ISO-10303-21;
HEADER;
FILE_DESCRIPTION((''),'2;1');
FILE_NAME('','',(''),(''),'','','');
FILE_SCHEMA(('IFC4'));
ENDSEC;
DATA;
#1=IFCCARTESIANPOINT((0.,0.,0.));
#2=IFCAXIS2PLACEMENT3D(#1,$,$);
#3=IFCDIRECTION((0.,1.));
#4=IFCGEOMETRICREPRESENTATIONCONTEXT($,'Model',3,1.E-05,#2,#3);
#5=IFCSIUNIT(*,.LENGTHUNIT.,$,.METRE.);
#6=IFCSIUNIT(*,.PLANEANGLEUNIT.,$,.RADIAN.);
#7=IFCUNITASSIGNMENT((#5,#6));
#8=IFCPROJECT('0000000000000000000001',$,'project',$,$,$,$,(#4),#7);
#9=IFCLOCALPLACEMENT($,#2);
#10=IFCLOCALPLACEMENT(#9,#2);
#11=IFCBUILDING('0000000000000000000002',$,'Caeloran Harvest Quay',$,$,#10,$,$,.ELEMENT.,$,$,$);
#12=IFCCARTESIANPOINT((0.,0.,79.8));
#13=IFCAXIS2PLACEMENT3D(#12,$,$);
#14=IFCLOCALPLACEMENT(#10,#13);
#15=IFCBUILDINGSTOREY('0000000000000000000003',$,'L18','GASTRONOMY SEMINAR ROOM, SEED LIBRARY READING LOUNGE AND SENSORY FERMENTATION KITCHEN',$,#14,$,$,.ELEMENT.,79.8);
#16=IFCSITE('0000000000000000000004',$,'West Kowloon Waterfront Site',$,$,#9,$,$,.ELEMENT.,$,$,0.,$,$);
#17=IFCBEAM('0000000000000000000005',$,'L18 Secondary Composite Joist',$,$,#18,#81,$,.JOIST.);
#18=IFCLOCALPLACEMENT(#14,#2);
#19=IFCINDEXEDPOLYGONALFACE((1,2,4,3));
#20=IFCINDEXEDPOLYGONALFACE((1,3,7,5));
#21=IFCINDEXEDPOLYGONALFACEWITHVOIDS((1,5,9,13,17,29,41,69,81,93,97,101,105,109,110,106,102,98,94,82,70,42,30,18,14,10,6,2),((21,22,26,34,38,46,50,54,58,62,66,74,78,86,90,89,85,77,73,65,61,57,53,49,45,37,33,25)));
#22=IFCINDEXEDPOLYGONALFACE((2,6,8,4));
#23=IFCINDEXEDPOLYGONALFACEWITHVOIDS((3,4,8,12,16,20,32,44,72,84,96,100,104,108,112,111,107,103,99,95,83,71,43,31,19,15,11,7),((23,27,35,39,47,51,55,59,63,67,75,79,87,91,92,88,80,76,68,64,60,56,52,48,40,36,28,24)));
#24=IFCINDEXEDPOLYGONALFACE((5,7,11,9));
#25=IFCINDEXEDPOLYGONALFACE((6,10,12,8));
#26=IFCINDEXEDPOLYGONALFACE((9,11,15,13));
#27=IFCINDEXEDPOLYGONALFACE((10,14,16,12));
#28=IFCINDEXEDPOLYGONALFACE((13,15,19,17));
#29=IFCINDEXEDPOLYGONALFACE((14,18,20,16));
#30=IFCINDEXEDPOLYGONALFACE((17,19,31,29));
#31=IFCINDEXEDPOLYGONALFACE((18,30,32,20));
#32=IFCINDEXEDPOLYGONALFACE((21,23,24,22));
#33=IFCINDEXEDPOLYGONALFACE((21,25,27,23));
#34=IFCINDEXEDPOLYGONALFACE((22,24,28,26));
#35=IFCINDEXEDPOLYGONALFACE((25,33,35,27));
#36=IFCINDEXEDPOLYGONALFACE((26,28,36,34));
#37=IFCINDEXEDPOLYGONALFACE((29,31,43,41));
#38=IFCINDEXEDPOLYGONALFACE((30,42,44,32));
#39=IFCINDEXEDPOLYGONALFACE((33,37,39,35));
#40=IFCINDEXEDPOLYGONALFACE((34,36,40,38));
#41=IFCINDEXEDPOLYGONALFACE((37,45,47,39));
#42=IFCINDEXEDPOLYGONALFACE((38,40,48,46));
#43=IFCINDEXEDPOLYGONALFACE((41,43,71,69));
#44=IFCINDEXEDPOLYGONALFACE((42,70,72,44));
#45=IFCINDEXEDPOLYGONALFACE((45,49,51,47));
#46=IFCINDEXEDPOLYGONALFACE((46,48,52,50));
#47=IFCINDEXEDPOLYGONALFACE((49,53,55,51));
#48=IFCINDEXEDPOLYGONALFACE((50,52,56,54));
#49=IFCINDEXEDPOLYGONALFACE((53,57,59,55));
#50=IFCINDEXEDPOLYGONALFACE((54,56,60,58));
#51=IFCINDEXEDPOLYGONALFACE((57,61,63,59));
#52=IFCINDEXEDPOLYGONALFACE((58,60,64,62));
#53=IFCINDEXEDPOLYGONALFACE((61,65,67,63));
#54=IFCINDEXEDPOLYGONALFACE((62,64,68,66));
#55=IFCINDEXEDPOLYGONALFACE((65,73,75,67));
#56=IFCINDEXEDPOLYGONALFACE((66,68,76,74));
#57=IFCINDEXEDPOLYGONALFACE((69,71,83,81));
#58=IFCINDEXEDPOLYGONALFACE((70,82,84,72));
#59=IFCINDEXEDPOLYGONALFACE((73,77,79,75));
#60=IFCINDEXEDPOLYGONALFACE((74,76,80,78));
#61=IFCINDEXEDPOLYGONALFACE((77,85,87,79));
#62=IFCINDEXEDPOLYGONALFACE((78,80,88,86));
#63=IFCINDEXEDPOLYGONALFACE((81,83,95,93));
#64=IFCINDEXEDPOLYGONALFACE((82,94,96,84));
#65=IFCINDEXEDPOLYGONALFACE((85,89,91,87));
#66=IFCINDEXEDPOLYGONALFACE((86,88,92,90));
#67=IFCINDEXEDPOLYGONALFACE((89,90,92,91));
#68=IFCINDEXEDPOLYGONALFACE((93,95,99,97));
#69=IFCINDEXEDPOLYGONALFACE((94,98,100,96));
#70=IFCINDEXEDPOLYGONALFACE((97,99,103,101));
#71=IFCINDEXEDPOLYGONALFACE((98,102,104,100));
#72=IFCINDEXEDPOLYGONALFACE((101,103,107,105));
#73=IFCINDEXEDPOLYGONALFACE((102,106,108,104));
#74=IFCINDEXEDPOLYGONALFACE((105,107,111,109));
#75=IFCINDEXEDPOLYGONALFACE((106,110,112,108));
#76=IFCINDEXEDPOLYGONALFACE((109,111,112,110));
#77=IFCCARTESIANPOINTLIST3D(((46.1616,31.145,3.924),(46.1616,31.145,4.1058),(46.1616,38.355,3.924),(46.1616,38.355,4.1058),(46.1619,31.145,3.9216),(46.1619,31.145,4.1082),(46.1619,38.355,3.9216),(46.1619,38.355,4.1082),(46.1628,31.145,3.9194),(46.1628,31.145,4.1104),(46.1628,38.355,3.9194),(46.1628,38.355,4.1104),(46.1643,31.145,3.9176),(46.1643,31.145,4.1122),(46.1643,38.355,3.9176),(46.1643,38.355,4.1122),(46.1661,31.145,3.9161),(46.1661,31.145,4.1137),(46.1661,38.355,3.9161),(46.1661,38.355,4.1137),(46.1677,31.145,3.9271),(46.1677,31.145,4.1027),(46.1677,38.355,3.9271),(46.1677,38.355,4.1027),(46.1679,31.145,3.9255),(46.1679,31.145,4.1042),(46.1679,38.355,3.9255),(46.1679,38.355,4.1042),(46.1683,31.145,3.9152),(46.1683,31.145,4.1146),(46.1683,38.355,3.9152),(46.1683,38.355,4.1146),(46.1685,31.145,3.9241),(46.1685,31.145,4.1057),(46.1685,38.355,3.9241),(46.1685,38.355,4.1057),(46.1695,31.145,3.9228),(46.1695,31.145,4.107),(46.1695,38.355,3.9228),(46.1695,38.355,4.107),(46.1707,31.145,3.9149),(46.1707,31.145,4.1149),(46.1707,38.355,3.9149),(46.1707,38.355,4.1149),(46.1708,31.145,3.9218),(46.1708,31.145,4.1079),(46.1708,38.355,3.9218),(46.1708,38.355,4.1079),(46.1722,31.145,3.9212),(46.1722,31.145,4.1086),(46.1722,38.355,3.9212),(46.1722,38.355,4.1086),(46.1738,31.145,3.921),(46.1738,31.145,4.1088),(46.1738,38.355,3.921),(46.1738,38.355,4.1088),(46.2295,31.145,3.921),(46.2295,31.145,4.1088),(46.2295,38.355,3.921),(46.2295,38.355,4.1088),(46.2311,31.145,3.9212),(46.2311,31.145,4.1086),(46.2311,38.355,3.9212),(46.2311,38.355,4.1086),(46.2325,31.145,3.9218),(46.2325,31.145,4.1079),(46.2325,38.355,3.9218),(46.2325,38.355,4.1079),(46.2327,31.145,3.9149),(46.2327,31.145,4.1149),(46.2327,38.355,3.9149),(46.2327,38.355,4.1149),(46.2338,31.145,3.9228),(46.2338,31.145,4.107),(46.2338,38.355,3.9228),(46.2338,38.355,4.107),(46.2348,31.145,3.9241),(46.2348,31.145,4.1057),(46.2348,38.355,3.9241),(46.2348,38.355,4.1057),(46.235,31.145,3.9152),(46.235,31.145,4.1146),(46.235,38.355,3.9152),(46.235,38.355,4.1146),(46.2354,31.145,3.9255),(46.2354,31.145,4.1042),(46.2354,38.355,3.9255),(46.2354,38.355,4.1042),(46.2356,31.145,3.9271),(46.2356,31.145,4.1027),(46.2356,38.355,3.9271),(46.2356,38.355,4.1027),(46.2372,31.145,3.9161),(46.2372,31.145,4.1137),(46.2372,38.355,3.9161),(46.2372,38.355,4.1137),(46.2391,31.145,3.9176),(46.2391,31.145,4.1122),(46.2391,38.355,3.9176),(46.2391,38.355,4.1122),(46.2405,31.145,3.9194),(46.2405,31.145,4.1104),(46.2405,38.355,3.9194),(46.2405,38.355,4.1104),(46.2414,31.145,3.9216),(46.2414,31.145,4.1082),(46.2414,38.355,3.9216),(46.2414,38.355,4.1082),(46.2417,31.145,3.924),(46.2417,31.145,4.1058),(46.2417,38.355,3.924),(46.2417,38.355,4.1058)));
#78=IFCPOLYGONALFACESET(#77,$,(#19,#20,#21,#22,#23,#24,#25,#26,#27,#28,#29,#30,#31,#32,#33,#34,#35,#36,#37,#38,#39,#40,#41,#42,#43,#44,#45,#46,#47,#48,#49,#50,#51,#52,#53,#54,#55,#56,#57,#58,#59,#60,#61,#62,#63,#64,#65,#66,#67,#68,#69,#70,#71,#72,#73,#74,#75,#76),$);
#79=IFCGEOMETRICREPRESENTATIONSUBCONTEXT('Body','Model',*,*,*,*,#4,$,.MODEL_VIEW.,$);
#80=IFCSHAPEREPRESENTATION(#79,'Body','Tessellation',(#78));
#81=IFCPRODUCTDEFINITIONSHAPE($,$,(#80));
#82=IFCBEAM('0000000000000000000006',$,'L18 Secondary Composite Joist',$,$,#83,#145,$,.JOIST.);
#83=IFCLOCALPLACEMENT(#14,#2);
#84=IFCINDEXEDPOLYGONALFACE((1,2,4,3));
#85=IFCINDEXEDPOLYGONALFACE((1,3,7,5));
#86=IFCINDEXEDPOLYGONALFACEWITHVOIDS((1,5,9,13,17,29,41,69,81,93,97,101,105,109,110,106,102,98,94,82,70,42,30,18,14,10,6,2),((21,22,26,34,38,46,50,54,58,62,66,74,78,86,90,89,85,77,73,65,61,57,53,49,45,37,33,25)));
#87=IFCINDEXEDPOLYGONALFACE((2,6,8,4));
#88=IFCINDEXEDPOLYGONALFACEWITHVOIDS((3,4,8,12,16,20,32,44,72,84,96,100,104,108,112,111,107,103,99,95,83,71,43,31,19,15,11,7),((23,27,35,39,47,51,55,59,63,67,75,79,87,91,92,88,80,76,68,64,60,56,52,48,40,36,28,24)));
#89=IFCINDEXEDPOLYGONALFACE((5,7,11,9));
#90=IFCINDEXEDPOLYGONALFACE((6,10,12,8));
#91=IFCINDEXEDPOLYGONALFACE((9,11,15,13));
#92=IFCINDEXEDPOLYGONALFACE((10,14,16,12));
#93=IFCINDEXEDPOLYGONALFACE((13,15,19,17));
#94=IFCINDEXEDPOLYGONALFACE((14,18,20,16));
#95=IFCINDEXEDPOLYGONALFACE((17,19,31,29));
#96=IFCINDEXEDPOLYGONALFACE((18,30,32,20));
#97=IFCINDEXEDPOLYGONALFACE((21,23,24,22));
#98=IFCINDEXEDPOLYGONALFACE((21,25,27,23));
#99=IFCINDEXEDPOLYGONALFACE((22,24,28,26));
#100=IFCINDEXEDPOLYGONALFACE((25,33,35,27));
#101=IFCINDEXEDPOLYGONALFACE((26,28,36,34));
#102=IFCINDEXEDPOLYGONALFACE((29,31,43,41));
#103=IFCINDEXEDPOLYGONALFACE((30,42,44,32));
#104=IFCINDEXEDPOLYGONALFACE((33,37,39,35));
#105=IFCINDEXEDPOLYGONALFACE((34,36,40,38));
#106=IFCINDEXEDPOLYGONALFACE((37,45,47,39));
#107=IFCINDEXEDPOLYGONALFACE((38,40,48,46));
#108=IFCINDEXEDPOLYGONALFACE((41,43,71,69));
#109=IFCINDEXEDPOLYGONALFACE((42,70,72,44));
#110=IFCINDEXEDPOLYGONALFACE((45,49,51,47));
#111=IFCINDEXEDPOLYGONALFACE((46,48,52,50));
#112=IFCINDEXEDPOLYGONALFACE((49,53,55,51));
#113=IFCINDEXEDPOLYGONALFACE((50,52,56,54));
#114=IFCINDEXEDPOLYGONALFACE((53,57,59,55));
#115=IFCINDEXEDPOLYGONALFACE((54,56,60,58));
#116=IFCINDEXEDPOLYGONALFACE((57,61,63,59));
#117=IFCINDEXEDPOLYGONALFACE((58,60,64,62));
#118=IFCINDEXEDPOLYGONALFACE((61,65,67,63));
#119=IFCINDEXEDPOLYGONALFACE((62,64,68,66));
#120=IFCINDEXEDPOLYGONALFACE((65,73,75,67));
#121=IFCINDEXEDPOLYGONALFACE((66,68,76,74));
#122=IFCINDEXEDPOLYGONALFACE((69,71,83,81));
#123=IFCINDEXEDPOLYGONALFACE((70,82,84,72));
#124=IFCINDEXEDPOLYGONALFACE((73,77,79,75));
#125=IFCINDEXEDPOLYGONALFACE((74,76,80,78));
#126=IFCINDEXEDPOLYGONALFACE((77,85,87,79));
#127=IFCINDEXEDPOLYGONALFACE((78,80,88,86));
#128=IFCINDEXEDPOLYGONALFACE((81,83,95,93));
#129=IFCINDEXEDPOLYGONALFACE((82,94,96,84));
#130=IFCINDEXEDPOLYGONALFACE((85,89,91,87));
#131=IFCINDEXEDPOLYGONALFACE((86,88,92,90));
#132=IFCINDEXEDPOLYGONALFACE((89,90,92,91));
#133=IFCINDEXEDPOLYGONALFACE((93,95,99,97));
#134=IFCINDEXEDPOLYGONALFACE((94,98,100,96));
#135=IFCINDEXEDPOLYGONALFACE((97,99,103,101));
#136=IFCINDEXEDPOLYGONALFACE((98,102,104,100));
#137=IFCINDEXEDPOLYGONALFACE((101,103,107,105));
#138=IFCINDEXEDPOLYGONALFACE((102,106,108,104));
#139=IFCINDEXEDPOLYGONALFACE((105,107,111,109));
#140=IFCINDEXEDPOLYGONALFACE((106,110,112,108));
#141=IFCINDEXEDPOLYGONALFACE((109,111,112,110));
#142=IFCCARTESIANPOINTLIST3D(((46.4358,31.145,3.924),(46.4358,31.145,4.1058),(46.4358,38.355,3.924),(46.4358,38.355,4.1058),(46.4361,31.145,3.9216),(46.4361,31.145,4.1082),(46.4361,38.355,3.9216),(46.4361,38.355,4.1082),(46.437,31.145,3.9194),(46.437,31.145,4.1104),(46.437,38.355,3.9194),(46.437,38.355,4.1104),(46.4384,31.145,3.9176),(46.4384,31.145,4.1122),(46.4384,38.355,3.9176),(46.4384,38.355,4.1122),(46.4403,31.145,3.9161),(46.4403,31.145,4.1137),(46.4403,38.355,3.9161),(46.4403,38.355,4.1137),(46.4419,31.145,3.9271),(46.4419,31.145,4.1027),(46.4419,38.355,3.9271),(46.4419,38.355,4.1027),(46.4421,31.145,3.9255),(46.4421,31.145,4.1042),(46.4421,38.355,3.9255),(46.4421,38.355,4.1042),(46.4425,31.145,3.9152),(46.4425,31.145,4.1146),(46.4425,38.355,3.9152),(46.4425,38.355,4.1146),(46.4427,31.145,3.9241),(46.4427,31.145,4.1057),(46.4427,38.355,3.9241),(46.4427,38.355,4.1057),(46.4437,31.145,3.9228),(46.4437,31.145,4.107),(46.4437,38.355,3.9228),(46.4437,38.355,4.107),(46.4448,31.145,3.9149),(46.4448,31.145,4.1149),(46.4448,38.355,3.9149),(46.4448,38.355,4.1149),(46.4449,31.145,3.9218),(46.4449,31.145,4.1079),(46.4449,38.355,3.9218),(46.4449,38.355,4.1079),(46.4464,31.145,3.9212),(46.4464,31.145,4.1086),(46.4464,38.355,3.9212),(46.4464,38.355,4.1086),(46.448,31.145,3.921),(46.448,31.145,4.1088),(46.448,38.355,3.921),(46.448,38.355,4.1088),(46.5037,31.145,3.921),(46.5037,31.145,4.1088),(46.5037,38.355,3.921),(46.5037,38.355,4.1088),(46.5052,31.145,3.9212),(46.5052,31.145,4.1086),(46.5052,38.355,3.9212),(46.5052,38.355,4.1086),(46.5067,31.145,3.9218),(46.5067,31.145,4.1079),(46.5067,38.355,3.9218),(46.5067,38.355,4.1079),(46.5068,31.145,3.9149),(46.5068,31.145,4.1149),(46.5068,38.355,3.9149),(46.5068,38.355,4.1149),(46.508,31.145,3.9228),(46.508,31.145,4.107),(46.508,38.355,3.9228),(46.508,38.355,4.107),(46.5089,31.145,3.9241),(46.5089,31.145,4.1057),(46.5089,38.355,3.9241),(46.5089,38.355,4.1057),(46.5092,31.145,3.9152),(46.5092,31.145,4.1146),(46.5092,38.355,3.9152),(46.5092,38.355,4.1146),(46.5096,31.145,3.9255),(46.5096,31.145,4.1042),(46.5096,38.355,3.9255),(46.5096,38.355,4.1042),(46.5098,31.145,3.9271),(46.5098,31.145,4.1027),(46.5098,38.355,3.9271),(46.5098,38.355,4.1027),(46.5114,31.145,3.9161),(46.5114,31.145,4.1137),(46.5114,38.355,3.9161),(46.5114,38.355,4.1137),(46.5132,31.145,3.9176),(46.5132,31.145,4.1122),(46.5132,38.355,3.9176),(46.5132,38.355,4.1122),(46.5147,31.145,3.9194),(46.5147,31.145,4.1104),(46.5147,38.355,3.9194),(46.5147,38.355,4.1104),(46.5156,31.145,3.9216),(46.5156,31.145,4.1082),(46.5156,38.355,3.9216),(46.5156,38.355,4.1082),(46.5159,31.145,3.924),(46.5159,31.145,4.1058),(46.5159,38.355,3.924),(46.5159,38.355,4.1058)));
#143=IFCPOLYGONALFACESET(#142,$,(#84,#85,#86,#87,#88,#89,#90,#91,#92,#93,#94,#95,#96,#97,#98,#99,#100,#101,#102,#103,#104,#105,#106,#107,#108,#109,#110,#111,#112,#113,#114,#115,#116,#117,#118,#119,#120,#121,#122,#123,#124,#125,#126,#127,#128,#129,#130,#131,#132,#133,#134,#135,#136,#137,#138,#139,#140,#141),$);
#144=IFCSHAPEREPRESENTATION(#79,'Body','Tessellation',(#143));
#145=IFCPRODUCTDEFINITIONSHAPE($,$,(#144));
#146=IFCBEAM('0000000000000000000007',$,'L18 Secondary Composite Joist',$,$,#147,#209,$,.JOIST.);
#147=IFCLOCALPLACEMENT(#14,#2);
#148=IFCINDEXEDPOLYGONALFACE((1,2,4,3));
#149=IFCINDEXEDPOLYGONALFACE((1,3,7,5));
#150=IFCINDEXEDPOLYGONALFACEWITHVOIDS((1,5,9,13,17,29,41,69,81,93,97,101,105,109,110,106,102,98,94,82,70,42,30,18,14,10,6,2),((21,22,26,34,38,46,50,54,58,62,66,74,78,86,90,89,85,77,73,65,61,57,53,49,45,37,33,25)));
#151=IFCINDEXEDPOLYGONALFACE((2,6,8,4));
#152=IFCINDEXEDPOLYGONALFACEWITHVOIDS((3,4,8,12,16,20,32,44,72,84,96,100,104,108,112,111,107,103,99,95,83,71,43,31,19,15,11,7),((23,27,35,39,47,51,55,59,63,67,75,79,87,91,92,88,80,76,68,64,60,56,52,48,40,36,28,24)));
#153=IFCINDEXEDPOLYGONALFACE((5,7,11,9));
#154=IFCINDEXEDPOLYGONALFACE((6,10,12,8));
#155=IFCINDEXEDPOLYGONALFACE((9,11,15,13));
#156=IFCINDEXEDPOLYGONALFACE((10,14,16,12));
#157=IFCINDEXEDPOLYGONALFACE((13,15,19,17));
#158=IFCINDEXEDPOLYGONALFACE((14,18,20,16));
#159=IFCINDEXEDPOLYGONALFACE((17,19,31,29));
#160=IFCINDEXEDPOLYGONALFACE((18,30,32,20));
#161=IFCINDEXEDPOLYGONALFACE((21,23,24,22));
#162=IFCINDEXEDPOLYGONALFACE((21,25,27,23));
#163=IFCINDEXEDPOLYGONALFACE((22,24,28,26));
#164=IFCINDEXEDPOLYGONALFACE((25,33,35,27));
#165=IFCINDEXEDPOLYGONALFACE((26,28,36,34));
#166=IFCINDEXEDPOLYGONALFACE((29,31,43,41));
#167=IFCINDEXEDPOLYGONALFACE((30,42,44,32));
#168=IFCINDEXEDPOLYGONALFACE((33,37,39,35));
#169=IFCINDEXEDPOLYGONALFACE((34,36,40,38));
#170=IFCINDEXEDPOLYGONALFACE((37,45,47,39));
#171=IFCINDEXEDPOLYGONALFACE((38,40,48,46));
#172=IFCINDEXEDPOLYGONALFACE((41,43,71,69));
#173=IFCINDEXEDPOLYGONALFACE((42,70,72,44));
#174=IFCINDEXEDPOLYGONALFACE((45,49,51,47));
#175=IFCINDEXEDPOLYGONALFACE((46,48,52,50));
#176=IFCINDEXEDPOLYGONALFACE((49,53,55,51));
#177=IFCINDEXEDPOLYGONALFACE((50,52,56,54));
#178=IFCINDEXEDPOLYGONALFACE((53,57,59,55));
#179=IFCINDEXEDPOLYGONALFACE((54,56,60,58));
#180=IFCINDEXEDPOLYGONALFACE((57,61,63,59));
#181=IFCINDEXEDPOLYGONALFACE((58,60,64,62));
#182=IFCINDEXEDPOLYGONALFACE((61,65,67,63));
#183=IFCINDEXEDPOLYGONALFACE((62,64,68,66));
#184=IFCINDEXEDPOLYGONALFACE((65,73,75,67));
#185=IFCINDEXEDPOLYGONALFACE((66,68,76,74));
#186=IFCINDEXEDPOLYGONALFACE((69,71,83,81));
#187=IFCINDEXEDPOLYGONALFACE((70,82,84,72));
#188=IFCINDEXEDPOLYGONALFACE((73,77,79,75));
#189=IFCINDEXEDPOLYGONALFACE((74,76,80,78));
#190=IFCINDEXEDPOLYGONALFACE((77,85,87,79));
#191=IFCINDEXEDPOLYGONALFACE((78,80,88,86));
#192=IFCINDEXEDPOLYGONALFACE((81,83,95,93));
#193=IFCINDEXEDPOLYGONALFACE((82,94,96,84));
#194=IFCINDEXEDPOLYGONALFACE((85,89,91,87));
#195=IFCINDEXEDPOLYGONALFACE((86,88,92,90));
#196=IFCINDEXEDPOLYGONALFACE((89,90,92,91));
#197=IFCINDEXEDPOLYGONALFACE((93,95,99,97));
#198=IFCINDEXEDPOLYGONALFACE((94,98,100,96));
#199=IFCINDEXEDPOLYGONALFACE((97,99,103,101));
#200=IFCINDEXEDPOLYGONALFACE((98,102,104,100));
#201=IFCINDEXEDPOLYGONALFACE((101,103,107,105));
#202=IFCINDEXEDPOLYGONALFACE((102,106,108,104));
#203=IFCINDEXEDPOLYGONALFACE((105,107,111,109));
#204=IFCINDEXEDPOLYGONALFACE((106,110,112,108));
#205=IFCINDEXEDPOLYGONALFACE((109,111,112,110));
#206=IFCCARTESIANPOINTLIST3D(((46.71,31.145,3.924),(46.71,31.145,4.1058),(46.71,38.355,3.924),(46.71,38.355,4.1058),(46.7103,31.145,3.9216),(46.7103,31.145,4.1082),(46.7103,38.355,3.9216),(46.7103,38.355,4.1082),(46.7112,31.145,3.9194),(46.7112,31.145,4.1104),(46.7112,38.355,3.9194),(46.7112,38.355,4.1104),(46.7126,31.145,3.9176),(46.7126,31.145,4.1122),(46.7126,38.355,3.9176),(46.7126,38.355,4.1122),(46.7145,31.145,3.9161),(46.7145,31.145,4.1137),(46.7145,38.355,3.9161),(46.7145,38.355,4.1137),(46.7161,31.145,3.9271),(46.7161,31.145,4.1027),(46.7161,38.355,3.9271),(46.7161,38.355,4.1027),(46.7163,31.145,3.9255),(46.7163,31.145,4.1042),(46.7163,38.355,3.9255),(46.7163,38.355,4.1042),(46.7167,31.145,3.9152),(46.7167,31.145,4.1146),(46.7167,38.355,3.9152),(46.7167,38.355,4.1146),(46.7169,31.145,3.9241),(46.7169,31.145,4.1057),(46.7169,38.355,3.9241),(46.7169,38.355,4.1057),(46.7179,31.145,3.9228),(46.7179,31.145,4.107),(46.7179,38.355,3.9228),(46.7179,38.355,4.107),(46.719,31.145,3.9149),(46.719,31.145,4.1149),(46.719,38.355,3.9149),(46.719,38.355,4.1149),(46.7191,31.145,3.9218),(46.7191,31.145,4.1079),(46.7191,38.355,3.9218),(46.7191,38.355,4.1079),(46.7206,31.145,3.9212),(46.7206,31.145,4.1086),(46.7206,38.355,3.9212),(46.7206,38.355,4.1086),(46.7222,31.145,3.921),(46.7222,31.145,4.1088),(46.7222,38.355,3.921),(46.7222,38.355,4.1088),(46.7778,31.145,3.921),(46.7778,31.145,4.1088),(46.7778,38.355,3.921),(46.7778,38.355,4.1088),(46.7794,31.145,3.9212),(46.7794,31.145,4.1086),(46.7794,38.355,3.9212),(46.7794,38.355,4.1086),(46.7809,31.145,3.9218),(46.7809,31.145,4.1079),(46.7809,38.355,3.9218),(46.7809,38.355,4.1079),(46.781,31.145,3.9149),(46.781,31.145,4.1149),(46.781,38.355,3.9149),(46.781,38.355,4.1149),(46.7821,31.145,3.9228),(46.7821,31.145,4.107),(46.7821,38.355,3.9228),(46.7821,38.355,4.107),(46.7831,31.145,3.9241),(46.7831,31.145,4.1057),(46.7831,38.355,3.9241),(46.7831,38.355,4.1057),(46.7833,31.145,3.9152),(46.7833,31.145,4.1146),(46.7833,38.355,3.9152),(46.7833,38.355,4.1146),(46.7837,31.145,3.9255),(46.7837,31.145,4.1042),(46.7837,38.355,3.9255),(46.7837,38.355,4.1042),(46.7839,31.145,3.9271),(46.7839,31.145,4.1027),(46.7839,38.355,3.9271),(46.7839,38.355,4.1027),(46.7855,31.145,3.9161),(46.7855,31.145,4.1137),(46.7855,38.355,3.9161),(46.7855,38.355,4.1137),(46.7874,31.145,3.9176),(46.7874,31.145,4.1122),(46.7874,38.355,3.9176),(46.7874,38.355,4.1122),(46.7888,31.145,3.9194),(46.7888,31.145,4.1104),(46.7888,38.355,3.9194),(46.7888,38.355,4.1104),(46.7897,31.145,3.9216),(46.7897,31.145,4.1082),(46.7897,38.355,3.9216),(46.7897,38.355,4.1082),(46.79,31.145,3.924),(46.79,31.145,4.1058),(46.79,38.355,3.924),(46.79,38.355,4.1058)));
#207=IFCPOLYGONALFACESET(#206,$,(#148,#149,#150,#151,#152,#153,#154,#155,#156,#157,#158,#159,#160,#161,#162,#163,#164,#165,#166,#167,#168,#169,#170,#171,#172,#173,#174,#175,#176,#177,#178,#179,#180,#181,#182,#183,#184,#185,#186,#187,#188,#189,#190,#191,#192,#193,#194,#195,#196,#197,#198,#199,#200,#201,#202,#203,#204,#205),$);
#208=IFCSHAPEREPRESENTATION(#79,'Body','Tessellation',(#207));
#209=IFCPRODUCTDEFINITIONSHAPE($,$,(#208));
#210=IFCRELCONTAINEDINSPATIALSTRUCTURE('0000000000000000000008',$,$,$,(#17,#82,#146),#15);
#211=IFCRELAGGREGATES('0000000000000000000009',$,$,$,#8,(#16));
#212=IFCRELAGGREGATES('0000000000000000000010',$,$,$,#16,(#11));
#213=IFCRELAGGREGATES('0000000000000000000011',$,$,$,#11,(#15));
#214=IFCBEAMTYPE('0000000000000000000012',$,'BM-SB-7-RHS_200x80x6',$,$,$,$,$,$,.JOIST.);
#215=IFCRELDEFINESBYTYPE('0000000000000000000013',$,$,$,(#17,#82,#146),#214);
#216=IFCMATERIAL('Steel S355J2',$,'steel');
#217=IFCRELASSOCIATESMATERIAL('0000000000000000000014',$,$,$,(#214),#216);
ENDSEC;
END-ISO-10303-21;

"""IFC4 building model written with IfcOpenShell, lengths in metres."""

from ifc_helpers import new_model, si_unit, direction, frame, origin, origin_2d, place, context, subcontext, project, spatial, hollow_rectangle, extrude, material, material_profile, profile_set, type_object, element, save


model = new_model("IFC4")

# Units and contexts
model_context = context("Model", 3, precision=1e-05, world=origin(), true_north=direction((0.0, 1.0)))
body_context = subcontext(model_context, "Body", "Model", "MODEL_VIEW")
ifc_project = project(units=[si_unit("LENGTHUNIT", "METRE"), si_unit("PLANEANGLEUNIT", "RADIAN")], contexts=[model_context])

# Site, building, storey
site_placement = place(None, origin())
site = spatial("IfcSite", under=ifc_project, at=site_placement, Name="West Kowloon Waterfront Site", CompositionType="ELEMENT", RefElevation=0.0)
building_placement = place(site_placement, origin())
building = spatial("IfcBuilding", under=site, at=building_placement, Name="Caeloran Harvest Quay", CompositionType="ELEMENT")
storey_placement = place(building_placement, frame((0.0, 0.0, 79.8)))
storey = spatial("IfcBuildingStorey", under=building, at=storey_placement, Name="L18", Description="GASTRONOMY SEMINAR ROOM, SEED LIBRARY READING LOUNGE AND SENSORY FERMENTATION KITCHEN", CompositionType="ELEMENT", Elevation=79.8)

# Beams
ifc_material_1 = material(Name="Steel S355J2", Category="steel")
ifc_material_profile_1 = material_profile(ifc_material_1, hollow_rectangle(XDim=0.0801, YDim=0.2, WallThickness=0.0061, InnerFilletRadius=0.0061, OuterFilletRadius=0.009, at=origin_2d()), Name="RHS 200x80x6")
ifc_profile_set_1 = profile_set([ifc_material_profile_1], Name="Steel S355J2")
beam_type_1 = type_object("IfcBeamType", Name="BM-SB-7-RHS_200x80x6", PredefinedType="JOIST", material=ifc_profile_set_1)
for number, where, z_axis, x_axis, name in (
    (1, (46.2017, 31.145, 4.0149), (0.0, 1.0, 0.0), (-1.0, 0.0, 0.0), "L18 Secondary Composite Joist"),
    (2, (46.4758, 31.145, 4.0149), (0.0, 1.0, 0.0), (-1.0, 0.0, 0.0), "L18 Secondary Composite Joist"),
    (3, (46.75, 31.145, 4.0149), (0.0, 1.0, 0.0), (-1.0, 0.0, 0.0), "L18 Secondary Composite Joist"),
):
    element("IfcBeam", number, at=place(storey_placement, frame(where, z_axis=z_axis, x_axis=x_axis)), inside=storey, type_object=beam_type_1, Name=name, PredefinedType="JOIST", context=body_context, shape_type="SweptSolid", body=[
        extrude(hollow_rectangle(XDim=0.0801, YDim=0.2, WallThickness=0.0061, InnerFilletRadius=0.0061, OuterFilletRadius=0.009, at=origin_2d()), origin(), (0.0, 0.0, 1.0), 7.21),
    ])

save(model, "model.ifc")
